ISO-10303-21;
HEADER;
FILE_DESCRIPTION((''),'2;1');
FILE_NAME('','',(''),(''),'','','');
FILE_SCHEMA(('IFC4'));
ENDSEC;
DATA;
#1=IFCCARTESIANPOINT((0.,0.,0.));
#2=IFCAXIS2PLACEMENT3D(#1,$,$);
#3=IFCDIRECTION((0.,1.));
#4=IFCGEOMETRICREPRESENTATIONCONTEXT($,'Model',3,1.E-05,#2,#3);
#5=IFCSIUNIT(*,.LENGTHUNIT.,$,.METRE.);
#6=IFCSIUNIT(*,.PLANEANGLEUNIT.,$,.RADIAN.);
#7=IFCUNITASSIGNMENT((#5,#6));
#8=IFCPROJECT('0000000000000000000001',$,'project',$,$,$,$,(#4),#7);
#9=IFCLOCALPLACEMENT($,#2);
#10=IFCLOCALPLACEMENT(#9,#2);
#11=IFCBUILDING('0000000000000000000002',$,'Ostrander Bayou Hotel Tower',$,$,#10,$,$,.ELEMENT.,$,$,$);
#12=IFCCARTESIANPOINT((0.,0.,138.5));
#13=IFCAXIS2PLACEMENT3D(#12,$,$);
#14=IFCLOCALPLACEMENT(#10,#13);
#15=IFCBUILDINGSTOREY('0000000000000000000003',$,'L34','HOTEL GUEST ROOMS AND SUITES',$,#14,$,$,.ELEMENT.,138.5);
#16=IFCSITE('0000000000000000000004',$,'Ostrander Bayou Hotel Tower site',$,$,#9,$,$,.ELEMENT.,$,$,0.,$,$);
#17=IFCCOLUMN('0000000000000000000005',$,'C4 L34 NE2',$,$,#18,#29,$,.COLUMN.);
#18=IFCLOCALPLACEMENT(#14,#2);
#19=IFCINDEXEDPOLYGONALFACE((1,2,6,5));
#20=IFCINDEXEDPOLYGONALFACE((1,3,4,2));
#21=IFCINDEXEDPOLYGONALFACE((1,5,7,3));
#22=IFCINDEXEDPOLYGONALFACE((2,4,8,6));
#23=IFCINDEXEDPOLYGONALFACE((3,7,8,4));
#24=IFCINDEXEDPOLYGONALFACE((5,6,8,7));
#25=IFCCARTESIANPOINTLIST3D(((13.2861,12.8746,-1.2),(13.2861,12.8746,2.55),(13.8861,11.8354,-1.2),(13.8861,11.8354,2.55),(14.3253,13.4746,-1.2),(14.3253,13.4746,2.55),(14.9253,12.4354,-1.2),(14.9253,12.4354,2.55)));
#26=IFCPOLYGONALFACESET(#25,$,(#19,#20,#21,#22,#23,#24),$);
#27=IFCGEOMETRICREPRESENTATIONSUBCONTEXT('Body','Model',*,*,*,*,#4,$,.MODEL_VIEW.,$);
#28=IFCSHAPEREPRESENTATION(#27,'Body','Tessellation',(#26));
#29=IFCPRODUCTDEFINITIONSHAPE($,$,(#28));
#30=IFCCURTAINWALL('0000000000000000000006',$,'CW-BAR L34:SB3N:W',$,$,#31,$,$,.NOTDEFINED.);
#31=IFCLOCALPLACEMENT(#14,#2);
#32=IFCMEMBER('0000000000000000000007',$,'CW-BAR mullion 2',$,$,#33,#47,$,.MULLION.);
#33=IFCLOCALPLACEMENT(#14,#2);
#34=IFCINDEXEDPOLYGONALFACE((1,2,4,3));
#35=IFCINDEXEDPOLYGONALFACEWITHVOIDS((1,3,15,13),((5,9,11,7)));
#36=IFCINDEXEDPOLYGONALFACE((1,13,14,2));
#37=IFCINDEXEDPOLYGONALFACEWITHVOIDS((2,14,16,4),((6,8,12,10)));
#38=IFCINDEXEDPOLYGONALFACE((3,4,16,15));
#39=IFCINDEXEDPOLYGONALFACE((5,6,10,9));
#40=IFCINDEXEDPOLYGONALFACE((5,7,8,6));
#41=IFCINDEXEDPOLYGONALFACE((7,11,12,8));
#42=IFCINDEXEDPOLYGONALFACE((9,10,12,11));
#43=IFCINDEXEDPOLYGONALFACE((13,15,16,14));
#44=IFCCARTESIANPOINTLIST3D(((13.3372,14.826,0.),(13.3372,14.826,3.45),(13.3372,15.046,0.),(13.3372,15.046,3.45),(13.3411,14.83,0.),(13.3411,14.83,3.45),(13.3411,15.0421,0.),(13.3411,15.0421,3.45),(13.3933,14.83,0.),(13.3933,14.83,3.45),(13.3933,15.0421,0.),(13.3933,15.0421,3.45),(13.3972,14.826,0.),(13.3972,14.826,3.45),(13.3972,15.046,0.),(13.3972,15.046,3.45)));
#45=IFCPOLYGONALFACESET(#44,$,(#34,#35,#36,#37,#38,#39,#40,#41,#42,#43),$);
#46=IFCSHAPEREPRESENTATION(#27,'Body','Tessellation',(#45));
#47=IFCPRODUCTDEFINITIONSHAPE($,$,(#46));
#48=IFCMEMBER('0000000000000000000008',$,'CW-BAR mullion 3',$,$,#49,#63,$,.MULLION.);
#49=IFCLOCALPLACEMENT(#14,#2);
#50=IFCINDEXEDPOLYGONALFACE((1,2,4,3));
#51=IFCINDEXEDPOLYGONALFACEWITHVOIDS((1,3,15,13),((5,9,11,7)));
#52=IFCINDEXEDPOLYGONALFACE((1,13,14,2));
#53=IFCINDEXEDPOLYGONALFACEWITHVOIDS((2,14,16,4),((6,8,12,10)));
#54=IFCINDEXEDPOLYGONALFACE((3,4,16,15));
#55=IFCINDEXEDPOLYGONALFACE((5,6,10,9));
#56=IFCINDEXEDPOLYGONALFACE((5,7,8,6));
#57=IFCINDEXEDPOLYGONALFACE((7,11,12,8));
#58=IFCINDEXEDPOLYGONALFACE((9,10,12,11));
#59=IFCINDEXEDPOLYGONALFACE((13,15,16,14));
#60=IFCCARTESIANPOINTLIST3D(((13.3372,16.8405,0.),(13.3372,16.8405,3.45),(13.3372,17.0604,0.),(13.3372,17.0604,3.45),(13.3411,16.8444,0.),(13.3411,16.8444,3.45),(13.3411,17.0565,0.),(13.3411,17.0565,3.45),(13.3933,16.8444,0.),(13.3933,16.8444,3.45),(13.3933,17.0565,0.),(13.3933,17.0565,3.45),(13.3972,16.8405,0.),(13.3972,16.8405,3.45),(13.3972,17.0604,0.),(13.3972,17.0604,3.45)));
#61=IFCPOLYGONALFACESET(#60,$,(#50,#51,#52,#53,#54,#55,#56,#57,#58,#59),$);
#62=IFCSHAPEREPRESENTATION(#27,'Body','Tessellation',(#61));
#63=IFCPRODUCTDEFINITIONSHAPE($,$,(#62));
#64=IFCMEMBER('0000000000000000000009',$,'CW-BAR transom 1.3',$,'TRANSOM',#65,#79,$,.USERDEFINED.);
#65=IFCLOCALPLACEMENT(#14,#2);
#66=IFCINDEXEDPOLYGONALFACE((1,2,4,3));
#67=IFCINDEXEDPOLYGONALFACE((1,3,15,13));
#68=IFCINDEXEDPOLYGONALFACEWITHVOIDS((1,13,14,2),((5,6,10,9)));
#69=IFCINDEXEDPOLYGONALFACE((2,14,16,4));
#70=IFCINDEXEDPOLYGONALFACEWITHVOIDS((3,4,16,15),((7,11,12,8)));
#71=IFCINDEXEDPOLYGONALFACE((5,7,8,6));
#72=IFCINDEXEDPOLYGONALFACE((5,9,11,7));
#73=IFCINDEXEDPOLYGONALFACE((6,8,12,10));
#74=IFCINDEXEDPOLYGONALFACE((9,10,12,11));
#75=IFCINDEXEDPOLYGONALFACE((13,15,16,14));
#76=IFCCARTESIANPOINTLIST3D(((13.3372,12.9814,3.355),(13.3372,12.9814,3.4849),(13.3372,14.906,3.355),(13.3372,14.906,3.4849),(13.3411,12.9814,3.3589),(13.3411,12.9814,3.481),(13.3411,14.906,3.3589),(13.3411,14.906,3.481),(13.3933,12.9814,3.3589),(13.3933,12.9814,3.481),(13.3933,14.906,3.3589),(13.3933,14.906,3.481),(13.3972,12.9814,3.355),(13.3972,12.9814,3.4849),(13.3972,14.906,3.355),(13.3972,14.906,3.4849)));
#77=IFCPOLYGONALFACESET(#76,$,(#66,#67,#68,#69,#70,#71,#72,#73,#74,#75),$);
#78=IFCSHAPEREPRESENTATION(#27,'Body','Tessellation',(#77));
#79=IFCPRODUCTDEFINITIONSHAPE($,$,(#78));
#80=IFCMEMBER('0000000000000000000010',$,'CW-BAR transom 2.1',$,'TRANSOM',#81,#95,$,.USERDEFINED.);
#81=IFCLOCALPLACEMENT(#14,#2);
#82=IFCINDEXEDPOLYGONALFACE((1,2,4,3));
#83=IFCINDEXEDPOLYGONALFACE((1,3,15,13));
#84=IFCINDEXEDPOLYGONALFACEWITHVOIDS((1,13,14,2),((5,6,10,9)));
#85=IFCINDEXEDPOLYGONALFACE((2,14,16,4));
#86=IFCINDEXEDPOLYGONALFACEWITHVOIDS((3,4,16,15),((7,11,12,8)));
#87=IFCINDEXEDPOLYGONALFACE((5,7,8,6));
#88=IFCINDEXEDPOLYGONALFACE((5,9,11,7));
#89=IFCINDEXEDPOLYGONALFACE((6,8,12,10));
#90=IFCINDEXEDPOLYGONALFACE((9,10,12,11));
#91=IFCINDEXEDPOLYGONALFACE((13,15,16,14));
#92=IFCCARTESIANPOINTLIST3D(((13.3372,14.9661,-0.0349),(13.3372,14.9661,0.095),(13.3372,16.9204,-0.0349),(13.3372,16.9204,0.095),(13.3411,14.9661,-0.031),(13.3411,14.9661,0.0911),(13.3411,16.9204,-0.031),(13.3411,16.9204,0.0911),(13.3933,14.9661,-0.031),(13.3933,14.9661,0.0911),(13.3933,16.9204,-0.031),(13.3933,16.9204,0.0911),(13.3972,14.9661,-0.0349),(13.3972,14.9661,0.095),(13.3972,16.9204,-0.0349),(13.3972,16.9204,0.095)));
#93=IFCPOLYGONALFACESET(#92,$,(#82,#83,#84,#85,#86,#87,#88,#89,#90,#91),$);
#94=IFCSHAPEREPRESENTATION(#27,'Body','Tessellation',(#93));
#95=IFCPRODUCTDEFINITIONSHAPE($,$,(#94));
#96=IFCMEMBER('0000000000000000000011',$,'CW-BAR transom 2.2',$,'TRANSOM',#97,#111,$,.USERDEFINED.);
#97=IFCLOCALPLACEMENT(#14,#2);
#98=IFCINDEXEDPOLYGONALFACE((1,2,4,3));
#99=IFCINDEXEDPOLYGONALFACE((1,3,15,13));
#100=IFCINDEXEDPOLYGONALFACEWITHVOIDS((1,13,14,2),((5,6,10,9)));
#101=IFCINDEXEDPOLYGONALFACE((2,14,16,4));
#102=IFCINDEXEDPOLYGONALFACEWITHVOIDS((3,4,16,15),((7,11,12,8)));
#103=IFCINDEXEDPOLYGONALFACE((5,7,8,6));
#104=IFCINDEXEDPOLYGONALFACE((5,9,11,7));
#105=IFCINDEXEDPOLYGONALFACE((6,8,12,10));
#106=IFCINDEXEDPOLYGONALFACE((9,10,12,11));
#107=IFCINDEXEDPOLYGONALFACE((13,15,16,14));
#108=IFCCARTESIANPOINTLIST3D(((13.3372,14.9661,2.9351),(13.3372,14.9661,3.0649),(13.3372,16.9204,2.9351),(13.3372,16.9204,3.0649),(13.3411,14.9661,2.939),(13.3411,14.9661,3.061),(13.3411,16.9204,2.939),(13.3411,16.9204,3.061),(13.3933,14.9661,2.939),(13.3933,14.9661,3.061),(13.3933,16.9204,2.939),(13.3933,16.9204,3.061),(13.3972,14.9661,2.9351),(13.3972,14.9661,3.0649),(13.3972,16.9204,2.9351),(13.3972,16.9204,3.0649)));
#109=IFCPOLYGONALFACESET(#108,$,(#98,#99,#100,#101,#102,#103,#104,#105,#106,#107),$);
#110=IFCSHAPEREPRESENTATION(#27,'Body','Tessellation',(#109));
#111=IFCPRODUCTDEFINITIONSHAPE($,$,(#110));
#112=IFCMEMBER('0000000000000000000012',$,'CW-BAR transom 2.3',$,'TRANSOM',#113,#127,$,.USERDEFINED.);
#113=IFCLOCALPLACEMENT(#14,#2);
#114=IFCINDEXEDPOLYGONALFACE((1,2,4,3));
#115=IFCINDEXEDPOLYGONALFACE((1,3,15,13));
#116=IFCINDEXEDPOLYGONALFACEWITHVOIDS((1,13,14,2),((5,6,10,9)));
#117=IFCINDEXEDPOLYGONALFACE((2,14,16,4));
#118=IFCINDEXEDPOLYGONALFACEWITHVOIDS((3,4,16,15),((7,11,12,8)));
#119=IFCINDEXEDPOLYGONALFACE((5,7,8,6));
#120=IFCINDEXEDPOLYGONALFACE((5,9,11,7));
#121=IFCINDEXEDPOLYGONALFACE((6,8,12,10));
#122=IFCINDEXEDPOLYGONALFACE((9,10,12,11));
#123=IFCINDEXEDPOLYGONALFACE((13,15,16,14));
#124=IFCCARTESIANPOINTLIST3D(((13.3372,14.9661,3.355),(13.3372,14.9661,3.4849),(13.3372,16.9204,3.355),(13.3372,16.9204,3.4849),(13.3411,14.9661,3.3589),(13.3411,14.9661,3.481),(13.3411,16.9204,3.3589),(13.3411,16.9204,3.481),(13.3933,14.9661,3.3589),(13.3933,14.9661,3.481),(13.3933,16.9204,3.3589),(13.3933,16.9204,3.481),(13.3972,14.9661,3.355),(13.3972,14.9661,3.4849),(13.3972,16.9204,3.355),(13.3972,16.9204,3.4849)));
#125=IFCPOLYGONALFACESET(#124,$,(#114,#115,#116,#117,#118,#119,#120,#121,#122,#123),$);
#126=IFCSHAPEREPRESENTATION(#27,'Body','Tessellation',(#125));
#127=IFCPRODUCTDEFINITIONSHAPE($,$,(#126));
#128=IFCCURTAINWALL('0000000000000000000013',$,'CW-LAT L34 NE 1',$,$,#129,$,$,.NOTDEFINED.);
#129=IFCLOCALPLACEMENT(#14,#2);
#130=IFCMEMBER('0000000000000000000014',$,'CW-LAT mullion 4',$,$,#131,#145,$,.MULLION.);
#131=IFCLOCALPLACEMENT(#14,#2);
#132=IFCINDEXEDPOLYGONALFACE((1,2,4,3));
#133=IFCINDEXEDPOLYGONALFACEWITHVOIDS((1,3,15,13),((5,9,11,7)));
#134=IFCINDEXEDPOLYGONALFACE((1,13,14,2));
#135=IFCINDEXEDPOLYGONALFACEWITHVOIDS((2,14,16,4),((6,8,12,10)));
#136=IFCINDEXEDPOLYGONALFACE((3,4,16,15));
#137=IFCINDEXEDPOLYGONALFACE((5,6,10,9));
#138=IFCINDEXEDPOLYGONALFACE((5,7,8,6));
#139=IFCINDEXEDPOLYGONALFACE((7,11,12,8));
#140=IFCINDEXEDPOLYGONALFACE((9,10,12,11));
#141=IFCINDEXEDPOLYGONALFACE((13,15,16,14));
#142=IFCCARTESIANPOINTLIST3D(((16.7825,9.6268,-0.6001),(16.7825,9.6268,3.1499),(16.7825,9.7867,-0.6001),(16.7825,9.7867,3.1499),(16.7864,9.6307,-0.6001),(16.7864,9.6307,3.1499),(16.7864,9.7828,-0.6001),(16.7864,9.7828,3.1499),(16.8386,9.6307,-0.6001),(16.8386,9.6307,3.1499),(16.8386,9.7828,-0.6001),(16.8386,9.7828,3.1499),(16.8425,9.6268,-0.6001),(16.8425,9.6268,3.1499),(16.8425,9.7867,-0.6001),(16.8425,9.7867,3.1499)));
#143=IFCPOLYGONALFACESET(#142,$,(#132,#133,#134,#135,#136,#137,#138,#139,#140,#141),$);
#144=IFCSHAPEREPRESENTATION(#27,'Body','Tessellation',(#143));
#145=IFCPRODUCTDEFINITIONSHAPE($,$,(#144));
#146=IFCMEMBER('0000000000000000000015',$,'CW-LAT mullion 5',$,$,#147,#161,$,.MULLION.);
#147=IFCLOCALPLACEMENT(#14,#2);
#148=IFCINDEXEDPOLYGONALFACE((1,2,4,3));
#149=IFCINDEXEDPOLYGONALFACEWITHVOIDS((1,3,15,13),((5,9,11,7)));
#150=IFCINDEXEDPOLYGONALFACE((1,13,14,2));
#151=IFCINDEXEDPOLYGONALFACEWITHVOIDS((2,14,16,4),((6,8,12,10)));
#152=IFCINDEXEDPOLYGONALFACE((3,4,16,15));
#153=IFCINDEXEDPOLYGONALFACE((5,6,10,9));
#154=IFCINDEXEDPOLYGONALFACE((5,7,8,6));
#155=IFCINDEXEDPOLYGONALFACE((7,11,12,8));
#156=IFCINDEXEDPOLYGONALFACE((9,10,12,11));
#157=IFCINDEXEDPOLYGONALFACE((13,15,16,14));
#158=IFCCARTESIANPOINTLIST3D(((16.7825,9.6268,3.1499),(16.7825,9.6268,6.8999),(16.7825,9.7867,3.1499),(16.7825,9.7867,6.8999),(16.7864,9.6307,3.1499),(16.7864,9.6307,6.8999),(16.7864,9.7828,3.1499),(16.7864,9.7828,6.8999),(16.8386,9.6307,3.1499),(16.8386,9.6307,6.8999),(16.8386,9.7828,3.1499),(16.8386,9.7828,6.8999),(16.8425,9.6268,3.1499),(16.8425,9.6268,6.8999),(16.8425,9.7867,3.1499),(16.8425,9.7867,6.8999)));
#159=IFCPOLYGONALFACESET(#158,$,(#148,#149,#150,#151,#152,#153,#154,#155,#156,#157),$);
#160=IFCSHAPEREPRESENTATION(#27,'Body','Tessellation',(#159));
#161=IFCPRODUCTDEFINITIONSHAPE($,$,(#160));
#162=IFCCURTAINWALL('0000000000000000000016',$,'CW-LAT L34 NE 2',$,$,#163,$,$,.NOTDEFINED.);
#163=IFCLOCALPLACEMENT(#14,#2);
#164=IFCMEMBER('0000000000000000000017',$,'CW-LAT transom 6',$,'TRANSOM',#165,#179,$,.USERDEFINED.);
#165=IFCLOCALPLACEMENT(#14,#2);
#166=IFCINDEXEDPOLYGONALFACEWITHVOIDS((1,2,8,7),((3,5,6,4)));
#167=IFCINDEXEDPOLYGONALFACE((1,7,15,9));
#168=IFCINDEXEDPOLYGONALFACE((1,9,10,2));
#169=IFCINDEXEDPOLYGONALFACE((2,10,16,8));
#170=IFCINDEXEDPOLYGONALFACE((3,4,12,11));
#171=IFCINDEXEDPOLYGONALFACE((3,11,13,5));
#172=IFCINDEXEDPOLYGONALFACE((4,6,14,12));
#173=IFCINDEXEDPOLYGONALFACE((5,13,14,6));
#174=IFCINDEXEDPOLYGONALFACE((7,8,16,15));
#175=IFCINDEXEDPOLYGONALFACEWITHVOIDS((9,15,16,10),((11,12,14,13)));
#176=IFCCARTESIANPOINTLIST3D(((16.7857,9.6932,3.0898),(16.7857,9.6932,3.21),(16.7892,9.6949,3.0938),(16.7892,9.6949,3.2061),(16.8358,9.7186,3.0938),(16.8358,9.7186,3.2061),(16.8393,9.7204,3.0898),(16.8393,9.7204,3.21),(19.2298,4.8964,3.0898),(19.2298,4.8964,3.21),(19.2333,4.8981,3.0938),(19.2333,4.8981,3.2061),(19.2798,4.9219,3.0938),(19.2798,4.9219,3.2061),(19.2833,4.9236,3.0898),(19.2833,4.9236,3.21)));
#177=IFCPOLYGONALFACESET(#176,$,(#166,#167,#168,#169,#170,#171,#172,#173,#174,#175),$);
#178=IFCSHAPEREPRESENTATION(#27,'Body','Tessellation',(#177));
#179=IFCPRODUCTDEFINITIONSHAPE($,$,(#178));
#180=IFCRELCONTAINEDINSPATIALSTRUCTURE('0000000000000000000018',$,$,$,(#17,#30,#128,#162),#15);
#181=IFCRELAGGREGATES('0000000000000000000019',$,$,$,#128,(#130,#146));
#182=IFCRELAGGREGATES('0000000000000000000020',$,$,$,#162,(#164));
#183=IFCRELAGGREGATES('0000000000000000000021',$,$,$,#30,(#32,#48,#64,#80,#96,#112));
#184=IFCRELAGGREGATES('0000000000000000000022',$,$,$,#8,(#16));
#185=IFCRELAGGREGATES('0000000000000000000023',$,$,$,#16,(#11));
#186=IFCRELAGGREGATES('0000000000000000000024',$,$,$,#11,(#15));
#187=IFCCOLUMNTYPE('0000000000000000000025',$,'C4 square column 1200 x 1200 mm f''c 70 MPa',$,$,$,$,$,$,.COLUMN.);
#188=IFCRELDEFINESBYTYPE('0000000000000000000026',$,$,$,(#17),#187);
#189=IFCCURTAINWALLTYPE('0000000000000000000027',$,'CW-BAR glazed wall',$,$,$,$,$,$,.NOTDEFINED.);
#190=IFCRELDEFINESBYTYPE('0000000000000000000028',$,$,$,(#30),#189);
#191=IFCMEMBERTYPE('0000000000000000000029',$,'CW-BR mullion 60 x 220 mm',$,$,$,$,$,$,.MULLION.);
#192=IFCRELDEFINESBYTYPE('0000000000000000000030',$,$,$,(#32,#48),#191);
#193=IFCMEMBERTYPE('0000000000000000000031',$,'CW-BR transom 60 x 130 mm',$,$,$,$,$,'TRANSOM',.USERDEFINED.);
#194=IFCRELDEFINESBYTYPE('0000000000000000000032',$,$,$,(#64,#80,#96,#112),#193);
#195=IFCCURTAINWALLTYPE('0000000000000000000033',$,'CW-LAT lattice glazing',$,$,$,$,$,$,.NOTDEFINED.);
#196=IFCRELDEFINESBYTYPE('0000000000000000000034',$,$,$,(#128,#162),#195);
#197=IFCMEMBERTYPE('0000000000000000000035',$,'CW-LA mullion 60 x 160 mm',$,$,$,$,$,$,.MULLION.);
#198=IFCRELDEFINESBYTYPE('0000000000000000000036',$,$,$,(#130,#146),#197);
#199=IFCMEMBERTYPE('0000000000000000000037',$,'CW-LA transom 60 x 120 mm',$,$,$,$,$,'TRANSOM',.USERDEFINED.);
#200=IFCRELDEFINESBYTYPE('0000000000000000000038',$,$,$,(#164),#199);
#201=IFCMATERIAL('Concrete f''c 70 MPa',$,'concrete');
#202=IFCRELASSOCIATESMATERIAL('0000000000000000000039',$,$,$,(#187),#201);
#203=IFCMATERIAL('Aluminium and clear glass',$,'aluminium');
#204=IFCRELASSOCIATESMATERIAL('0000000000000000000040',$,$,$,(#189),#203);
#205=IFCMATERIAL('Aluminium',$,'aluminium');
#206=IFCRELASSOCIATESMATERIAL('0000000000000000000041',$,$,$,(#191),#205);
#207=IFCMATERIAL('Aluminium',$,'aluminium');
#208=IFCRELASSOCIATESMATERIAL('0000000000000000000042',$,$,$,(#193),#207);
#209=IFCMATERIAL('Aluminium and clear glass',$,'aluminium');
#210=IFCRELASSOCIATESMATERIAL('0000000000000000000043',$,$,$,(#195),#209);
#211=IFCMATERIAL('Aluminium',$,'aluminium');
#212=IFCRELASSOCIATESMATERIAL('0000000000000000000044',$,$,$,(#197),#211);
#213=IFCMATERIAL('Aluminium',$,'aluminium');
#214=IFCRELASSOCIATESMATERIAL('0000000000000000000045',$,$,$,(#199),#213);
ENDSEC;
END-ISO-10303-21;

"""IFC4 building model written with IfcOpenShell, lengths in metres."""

from ifc_helpers import new_model, si_unit, direction, frame, origin, origin_2d, place, context, subcontext, project, spatial, rectangle, hollow_rectangle, extrude, material, material_profile, profile_set, type_object, element, aggregate, save


model = new_model("IFC4")

# Units and contexts
model_context = context("Model", 3, precision=1e-05, world=origin(), true_north=direction((0.0, 1.0)))
body_context = subcontext(model_context, "Body", "Model", "MODEL_VIEW")
ifc_project = project(units=[si_unit("LENGTHUNIT", "METRE"), si_unit("PLANEANGLEUNIT", "RADIAN")], contexts=[model_context])

# Site, building, storey
site_placement = place(None, origin())
site = spatial("IfcSite", under=ifc_project, at=site_placement, Name="Ostrander Bayou Hotel Tower site", CompositionType="ELEMENT", RefElevation=0.0)
building_placement = place(site_placement, origin())
building = spatial("IfcBuilding", under=site, at=building_placement, Name="Ostrander Bayou Hotel Tower", CompositionType="ELEMENT")
storey_placement = place(building_placement, frame((0.0, 0.0, 138.5)))
storey = spatial("IfcBuildingStorey", under=building, at=storey_placement, Name="L34", Description="HOTEL GUEST ROOMS AND SUITES", CompositionType="ELEMENT", Elevation=138.5)

# Column
ifc_material_1 = material(Name="Concrete f'c 70 MPa", Category="concrete")
ifc_material_profile_1 = material_profile(ifc_material_1, rectangle(XDim=1.2, YDim=1.2, at=origin_2d()))
ifc_profile_set_1 = profile_set([ifc_material_profile_1], Name="Concrete f'c 70 MPa")
column_type = type_object("IfcColumnType", Name="C4 square column 1200 x 1200 mm f'c 70 MPa", PredefinedType="COLUMN", material=ifc_profile_set_1)
column_placement = place(storey_placement, frame((14.1057, 12.655, -1.2), z_axis=(0.0, 0.0, 1.0), x_axis=(0.5, -0.866025, 0.0)))
element("IfcColumn", 1, at=column_placement, inside=storey, type_object=column_type, Name="C4 L34 NE2", PredefinedType="COLUMN", context=body_context, shape_type="SweptSolid", body=[
    extrude(rectangle(XDim=1.2, YDim=1.2, at=origin_2d()), origin(), (0.0, 0.0, 1.0), 3.75),
])

# Curtain walls, members
ifc_material_2 = material(Name="Aluminium and clear glass", Category="aluminium")
curtain_wall_type_1 = type_object("IfcCurtainWallType", Name="CW-BAR glazed wall", PredefinedType="NOTDEFINED", material=ifc_material_2)
curtain_wall_1_placement = place(storey_placement, origin())
curtain_wall_1 = element("IfcCurtainWall", 2, at=curtain_wall_1_placement, inside=storey, type_object=curtain_wall_type_1, Name="CW-BAR L34:SB3N:W", PredefinedType="NOTDEFINED")
ifc_material_3 = material(Name="Aluminium", Category="aluminium")
ifc_material_profile_2 = material_profile(ifc_material_3, hollow_rectangle(XDim=0.0601, YDim=0.22, WallThickness=0.0039, at=origin_2d()))
ifc_profile_set_2 = profile_set([ifc_material_profile_2], Name="Aluminium")
member_type_1 = type_object("IfcMemberType", Name="CW-BR mullion 60 x 220 mm", PredefinedType="MULLION", material=ifc_profile_set_2)
member_1_placement = place(storey_placement, frame((13.3672, 14.936, 0.0), z_axis=(0.0, 0.0, 1.0), x_axis=(-1.0, 0.0, 0.0)))
member_1 = element("IfcMember", 3, at=member_1_placement, type_object=member_type_1, Name="CW-BAR mullion 2", PredefinedType="MULLION", context=body_context, shape_type="SweptSolid", body=[
    extrude(hollow_rectangle(XDim=0.0601, YDim=0.22, WallThickness=0.0039, at=origin_2d()), origin(), (0.0, 0.0, 1.0), 3.45),
])
member_2_placement = place(storey_placement, frame((13.3672, 16.9504, 0.0), z_axis=(0.0, 0.0, 1.0), x_axis=(-1.0, 0.0, 0.0)))
member_2 = element("IfcMember", 4, at=member_2_placement, type_object=member_type_1, Name="CW-BAR mullion 3", PredefinedType="MULLION", context=body_context, shape_type="SweptSolid", body=[
    extrude(hollow_rectangle(XDim=0.0601, YDim=0.22, WallThickness=0.0039, at=origin_2d()), origin(), (0.0, 0.0, 1.0), 3.45),
])
ifc_material_4 = material(Name="Aluminium", Category="aluminium")
ifc_material_profile_3 = material_profile(ifc_material_4, hollow_rectangle(XDim=0.0601, YDim=0.1299, WallThickness=0.0039, at=origin_2d()))
ifc_profile_set_3 = profile_set([ifc_material_profile_3], Name="Aluminium")
member_type_2 = type_object("IfcMemberType", Name="CW-BR transom 60 x 130 mm", ElementType="TRANSOM", PredefinedType="USERDEFINED", material=ifc_profile_set_3)
member_3_placement = place(storey_placement, frame((13.3672, 12.9814, 3.4199), z_axis=(0.0, 1.0, 0.0), x_axis=(-1.0, 0.0, 0.0)))
member_3 = element("IfcMember", 5, at=member_3_placement, type_object=member_type_2, Name="CW-BAR transom 1.3", ObjectType="TRANSOM", PredefinedType="USERDEFINED", context=body_context, shape_type="SweptSolid", body=[
    extrude(hollow_rectangle(XDim=0.0601, YDim=0.1299, WallThickness=0.0039, at=origin_2d()), origin(), (0.0, 0.0, 1.0), 1.9246),
])
member_4_placement = place(storey_placement, frame((13.3672, 14.9661, 0.03), z_axis=(0.0, 1.0, 0.0), x_axis=(-1.0, 0.0, 0.0)))
member_4 = element("IfcMember", 6, at=member_4_placement, type_object=member_type_2, Name="CW-BAR transom 2.1", ObjectType="TRANSOM", PredefinedType="USERDEFINED", context=body_context, shape_type="SweptSolid", body=[
    extrude(hollow_rectangle(XDim=0.0601, YDim=0.1299, WallThickness=0.0039, at=origin_2d()), origin(), (0.0, 0.0, 1.0), 1.9543),
])
member_5_placement = place(storey_placement, frame((13.3672, 14.9661, 3.0), z_axis=(0.0, 1.0, 0.0), x_axis=(-1.0, 0.0, 0.0)))
member_5 = element("IfcMember", 7, at=member_5_placement, type_object=member_type_2, Name="CW-BAR transom 2.2", ObjectType="TRANSOM", PredefinedType="USERDEFINED", context=body_context, shape_type="SweptSolid", body=[
    extrude(hollow_rectangle(XDim=0.0601, YDim=0.1299, WallThickness=0.0039, at=origin_2d()), origin(), (0.0, 0.0, 1.0), 1.9543),
])
member_6_placement = place(storey_placement, frame((13.3672, 14.9661, 3.4199), z_axis=(0.0, 1.0, 0.0), x_axis=(-1.0, 0.0, 0.0)))
member_6 = element("IfcMember", 8, at=member_6_placement, type_object=member_type_2, Name="CW-BAR transom 2.3", ObjectType="TRANSOM", PredefinedType="USERDEFINED", context=body_context, shape_type="SweptSolid", body=[
    extrude(hollow_rectangle(XDim=0.0601, YDim=0.1299, WallThickness=0.0039, at=origin_2d()), origin(), (0.0, 0.0, 1.0), 1.9543),
])
ifc_material_5 = material(Name="Aluminium and clear glass", Category="aluminium")
curtain_wall_type_2 = type_object("IfcCurtainWallType", Name="CW-LAT lattice glazing", PredefinedType="NOTDEFINED", material=ifc_material_5)
curtain_wall_2_placement = place(storey_placement, origin())
curtain_wall_2 = element("IfcCurtainWall", 9, at=curtain_wall_2_placement, inside=storey, type_object=curtain_wall_type_2, Name="CW-LAT L34 NE 1", PredefinedType="NOTDEFINED")
ifc_material_6 = material(Name="Aluminium", Category="aluminium")
ifc_material_profile_4 = material_profile(ifc_material_6, hollow_rectangle(XDim=0.0601, YDim=0.1599, WallThickness=0.0039, at=origin_2d()))
ifc_profile_set_4 = profile_set([ifc_material_profile_4], Name="Aluminium")
member_type_3 = type_object("IfcMemberType", Name="CW-LA mullion 60 x 160 mm", PredefinedType="MULLION", material=ifc_profile_set_4)
member_7_placement = place(storey_placement, frame((16.8125, 9.7068, -0.6001), z_axis=(0.0, 0.0, 1.0), x_axis=(1.0, 0.0, 0.0)))
member_7 = element("IfcMember", 10, at=member_7_placement, type_object=member_type_3, Name="CW-LAT mullion 4", PredefinedType="MULLION", context=body_context, shape_type="SweptSolid", body=[
    extrude(hollow_rectangle(XDim=0.0601, YDim=0.1599, WallThickness=0.0039, at=origin_2d()), origin(), (0.0, 0.0, 1.0), 3.75),
])
member_8_placement = place(storey_placement, frame((16.8125, 9.7068, 3.1499), z_axis=(0.0, 0.0, 1.0), x_axis=(1.0, 0.0, 0.0)))
member_8 = element("IfcMember", 11, at=member_8_placement, type_object=member_type_3, Name="CW-LAT mullion 5", PredefinedType="MULLION", context=body_context, shape_type="SweptSolid", body=[
    extrude(hollow_rectangle(XDim=0.0601, YDim=0.1599, WallThickness=0.0039, at=origin_2d()), origin(), (0.0, 0.0, 1.0), 3.75),
])
aggregate(curtain_wall_2, [member_7, member_8])
curtain_wall_3_placement = place(storey_placement, origin())
curtain_wall_3 = element("IfcCurtainWall", 12, at=curtain_wall_3_placement, inside=storey, type_object=curtain_wall_type_2, Name="CW-LAT L34 NE 2", PredefinedType="NOTDEFINED")
ifc_material_7 = material(Name="Aluminium", Category="aluminium")
ifc_material_profile_5 = material_profile(ifc_material_7, hollow_rectangle(XDim=0.0601, YDim=0.1201, WallThickness=0.0039, at=origin_2d()))
ifc_profile_set_5 = profile_set([ifc_material_profile_5], Name="Aluminium")
member_type_4 = type_object("IfcMemberType", Name="CW-LA transom 60 x 120 mm", ElementType="TRANSOM", PredefinedType="USERDEFINED", material=ifc_profile_set_5)
member_9_placement = place(storey_placement, frame((16.8125, 9.7068, 3.1499), z_axis=(0.453985, -0.891009, 0.0), x_axis=(0.891009, 0.453985, 0.0)))
member_9 = element("IfcMember", 13, at=member_9_placement, type_object=member_type_4, Name="CW-LAT transom 6", ObjectType="TRANSOM", PredefinedType="USERDEFINED", context=body_context, shape_type="SweptSolid", body=[
    extrude(hollow_rectangle(XDim=0.0601, YDim=0.1201, WallThickness=0.0039, at=origin_2d()), origin(), (0.0, 0.0, 1.0), 5.3835),
])
aggregate(curtain_wall_3, [member_9])

aggregate(curtain_wall_1, [member_1, member_2, member_3, member_4, member_5, member_6])

save(model, "model.ifc")
